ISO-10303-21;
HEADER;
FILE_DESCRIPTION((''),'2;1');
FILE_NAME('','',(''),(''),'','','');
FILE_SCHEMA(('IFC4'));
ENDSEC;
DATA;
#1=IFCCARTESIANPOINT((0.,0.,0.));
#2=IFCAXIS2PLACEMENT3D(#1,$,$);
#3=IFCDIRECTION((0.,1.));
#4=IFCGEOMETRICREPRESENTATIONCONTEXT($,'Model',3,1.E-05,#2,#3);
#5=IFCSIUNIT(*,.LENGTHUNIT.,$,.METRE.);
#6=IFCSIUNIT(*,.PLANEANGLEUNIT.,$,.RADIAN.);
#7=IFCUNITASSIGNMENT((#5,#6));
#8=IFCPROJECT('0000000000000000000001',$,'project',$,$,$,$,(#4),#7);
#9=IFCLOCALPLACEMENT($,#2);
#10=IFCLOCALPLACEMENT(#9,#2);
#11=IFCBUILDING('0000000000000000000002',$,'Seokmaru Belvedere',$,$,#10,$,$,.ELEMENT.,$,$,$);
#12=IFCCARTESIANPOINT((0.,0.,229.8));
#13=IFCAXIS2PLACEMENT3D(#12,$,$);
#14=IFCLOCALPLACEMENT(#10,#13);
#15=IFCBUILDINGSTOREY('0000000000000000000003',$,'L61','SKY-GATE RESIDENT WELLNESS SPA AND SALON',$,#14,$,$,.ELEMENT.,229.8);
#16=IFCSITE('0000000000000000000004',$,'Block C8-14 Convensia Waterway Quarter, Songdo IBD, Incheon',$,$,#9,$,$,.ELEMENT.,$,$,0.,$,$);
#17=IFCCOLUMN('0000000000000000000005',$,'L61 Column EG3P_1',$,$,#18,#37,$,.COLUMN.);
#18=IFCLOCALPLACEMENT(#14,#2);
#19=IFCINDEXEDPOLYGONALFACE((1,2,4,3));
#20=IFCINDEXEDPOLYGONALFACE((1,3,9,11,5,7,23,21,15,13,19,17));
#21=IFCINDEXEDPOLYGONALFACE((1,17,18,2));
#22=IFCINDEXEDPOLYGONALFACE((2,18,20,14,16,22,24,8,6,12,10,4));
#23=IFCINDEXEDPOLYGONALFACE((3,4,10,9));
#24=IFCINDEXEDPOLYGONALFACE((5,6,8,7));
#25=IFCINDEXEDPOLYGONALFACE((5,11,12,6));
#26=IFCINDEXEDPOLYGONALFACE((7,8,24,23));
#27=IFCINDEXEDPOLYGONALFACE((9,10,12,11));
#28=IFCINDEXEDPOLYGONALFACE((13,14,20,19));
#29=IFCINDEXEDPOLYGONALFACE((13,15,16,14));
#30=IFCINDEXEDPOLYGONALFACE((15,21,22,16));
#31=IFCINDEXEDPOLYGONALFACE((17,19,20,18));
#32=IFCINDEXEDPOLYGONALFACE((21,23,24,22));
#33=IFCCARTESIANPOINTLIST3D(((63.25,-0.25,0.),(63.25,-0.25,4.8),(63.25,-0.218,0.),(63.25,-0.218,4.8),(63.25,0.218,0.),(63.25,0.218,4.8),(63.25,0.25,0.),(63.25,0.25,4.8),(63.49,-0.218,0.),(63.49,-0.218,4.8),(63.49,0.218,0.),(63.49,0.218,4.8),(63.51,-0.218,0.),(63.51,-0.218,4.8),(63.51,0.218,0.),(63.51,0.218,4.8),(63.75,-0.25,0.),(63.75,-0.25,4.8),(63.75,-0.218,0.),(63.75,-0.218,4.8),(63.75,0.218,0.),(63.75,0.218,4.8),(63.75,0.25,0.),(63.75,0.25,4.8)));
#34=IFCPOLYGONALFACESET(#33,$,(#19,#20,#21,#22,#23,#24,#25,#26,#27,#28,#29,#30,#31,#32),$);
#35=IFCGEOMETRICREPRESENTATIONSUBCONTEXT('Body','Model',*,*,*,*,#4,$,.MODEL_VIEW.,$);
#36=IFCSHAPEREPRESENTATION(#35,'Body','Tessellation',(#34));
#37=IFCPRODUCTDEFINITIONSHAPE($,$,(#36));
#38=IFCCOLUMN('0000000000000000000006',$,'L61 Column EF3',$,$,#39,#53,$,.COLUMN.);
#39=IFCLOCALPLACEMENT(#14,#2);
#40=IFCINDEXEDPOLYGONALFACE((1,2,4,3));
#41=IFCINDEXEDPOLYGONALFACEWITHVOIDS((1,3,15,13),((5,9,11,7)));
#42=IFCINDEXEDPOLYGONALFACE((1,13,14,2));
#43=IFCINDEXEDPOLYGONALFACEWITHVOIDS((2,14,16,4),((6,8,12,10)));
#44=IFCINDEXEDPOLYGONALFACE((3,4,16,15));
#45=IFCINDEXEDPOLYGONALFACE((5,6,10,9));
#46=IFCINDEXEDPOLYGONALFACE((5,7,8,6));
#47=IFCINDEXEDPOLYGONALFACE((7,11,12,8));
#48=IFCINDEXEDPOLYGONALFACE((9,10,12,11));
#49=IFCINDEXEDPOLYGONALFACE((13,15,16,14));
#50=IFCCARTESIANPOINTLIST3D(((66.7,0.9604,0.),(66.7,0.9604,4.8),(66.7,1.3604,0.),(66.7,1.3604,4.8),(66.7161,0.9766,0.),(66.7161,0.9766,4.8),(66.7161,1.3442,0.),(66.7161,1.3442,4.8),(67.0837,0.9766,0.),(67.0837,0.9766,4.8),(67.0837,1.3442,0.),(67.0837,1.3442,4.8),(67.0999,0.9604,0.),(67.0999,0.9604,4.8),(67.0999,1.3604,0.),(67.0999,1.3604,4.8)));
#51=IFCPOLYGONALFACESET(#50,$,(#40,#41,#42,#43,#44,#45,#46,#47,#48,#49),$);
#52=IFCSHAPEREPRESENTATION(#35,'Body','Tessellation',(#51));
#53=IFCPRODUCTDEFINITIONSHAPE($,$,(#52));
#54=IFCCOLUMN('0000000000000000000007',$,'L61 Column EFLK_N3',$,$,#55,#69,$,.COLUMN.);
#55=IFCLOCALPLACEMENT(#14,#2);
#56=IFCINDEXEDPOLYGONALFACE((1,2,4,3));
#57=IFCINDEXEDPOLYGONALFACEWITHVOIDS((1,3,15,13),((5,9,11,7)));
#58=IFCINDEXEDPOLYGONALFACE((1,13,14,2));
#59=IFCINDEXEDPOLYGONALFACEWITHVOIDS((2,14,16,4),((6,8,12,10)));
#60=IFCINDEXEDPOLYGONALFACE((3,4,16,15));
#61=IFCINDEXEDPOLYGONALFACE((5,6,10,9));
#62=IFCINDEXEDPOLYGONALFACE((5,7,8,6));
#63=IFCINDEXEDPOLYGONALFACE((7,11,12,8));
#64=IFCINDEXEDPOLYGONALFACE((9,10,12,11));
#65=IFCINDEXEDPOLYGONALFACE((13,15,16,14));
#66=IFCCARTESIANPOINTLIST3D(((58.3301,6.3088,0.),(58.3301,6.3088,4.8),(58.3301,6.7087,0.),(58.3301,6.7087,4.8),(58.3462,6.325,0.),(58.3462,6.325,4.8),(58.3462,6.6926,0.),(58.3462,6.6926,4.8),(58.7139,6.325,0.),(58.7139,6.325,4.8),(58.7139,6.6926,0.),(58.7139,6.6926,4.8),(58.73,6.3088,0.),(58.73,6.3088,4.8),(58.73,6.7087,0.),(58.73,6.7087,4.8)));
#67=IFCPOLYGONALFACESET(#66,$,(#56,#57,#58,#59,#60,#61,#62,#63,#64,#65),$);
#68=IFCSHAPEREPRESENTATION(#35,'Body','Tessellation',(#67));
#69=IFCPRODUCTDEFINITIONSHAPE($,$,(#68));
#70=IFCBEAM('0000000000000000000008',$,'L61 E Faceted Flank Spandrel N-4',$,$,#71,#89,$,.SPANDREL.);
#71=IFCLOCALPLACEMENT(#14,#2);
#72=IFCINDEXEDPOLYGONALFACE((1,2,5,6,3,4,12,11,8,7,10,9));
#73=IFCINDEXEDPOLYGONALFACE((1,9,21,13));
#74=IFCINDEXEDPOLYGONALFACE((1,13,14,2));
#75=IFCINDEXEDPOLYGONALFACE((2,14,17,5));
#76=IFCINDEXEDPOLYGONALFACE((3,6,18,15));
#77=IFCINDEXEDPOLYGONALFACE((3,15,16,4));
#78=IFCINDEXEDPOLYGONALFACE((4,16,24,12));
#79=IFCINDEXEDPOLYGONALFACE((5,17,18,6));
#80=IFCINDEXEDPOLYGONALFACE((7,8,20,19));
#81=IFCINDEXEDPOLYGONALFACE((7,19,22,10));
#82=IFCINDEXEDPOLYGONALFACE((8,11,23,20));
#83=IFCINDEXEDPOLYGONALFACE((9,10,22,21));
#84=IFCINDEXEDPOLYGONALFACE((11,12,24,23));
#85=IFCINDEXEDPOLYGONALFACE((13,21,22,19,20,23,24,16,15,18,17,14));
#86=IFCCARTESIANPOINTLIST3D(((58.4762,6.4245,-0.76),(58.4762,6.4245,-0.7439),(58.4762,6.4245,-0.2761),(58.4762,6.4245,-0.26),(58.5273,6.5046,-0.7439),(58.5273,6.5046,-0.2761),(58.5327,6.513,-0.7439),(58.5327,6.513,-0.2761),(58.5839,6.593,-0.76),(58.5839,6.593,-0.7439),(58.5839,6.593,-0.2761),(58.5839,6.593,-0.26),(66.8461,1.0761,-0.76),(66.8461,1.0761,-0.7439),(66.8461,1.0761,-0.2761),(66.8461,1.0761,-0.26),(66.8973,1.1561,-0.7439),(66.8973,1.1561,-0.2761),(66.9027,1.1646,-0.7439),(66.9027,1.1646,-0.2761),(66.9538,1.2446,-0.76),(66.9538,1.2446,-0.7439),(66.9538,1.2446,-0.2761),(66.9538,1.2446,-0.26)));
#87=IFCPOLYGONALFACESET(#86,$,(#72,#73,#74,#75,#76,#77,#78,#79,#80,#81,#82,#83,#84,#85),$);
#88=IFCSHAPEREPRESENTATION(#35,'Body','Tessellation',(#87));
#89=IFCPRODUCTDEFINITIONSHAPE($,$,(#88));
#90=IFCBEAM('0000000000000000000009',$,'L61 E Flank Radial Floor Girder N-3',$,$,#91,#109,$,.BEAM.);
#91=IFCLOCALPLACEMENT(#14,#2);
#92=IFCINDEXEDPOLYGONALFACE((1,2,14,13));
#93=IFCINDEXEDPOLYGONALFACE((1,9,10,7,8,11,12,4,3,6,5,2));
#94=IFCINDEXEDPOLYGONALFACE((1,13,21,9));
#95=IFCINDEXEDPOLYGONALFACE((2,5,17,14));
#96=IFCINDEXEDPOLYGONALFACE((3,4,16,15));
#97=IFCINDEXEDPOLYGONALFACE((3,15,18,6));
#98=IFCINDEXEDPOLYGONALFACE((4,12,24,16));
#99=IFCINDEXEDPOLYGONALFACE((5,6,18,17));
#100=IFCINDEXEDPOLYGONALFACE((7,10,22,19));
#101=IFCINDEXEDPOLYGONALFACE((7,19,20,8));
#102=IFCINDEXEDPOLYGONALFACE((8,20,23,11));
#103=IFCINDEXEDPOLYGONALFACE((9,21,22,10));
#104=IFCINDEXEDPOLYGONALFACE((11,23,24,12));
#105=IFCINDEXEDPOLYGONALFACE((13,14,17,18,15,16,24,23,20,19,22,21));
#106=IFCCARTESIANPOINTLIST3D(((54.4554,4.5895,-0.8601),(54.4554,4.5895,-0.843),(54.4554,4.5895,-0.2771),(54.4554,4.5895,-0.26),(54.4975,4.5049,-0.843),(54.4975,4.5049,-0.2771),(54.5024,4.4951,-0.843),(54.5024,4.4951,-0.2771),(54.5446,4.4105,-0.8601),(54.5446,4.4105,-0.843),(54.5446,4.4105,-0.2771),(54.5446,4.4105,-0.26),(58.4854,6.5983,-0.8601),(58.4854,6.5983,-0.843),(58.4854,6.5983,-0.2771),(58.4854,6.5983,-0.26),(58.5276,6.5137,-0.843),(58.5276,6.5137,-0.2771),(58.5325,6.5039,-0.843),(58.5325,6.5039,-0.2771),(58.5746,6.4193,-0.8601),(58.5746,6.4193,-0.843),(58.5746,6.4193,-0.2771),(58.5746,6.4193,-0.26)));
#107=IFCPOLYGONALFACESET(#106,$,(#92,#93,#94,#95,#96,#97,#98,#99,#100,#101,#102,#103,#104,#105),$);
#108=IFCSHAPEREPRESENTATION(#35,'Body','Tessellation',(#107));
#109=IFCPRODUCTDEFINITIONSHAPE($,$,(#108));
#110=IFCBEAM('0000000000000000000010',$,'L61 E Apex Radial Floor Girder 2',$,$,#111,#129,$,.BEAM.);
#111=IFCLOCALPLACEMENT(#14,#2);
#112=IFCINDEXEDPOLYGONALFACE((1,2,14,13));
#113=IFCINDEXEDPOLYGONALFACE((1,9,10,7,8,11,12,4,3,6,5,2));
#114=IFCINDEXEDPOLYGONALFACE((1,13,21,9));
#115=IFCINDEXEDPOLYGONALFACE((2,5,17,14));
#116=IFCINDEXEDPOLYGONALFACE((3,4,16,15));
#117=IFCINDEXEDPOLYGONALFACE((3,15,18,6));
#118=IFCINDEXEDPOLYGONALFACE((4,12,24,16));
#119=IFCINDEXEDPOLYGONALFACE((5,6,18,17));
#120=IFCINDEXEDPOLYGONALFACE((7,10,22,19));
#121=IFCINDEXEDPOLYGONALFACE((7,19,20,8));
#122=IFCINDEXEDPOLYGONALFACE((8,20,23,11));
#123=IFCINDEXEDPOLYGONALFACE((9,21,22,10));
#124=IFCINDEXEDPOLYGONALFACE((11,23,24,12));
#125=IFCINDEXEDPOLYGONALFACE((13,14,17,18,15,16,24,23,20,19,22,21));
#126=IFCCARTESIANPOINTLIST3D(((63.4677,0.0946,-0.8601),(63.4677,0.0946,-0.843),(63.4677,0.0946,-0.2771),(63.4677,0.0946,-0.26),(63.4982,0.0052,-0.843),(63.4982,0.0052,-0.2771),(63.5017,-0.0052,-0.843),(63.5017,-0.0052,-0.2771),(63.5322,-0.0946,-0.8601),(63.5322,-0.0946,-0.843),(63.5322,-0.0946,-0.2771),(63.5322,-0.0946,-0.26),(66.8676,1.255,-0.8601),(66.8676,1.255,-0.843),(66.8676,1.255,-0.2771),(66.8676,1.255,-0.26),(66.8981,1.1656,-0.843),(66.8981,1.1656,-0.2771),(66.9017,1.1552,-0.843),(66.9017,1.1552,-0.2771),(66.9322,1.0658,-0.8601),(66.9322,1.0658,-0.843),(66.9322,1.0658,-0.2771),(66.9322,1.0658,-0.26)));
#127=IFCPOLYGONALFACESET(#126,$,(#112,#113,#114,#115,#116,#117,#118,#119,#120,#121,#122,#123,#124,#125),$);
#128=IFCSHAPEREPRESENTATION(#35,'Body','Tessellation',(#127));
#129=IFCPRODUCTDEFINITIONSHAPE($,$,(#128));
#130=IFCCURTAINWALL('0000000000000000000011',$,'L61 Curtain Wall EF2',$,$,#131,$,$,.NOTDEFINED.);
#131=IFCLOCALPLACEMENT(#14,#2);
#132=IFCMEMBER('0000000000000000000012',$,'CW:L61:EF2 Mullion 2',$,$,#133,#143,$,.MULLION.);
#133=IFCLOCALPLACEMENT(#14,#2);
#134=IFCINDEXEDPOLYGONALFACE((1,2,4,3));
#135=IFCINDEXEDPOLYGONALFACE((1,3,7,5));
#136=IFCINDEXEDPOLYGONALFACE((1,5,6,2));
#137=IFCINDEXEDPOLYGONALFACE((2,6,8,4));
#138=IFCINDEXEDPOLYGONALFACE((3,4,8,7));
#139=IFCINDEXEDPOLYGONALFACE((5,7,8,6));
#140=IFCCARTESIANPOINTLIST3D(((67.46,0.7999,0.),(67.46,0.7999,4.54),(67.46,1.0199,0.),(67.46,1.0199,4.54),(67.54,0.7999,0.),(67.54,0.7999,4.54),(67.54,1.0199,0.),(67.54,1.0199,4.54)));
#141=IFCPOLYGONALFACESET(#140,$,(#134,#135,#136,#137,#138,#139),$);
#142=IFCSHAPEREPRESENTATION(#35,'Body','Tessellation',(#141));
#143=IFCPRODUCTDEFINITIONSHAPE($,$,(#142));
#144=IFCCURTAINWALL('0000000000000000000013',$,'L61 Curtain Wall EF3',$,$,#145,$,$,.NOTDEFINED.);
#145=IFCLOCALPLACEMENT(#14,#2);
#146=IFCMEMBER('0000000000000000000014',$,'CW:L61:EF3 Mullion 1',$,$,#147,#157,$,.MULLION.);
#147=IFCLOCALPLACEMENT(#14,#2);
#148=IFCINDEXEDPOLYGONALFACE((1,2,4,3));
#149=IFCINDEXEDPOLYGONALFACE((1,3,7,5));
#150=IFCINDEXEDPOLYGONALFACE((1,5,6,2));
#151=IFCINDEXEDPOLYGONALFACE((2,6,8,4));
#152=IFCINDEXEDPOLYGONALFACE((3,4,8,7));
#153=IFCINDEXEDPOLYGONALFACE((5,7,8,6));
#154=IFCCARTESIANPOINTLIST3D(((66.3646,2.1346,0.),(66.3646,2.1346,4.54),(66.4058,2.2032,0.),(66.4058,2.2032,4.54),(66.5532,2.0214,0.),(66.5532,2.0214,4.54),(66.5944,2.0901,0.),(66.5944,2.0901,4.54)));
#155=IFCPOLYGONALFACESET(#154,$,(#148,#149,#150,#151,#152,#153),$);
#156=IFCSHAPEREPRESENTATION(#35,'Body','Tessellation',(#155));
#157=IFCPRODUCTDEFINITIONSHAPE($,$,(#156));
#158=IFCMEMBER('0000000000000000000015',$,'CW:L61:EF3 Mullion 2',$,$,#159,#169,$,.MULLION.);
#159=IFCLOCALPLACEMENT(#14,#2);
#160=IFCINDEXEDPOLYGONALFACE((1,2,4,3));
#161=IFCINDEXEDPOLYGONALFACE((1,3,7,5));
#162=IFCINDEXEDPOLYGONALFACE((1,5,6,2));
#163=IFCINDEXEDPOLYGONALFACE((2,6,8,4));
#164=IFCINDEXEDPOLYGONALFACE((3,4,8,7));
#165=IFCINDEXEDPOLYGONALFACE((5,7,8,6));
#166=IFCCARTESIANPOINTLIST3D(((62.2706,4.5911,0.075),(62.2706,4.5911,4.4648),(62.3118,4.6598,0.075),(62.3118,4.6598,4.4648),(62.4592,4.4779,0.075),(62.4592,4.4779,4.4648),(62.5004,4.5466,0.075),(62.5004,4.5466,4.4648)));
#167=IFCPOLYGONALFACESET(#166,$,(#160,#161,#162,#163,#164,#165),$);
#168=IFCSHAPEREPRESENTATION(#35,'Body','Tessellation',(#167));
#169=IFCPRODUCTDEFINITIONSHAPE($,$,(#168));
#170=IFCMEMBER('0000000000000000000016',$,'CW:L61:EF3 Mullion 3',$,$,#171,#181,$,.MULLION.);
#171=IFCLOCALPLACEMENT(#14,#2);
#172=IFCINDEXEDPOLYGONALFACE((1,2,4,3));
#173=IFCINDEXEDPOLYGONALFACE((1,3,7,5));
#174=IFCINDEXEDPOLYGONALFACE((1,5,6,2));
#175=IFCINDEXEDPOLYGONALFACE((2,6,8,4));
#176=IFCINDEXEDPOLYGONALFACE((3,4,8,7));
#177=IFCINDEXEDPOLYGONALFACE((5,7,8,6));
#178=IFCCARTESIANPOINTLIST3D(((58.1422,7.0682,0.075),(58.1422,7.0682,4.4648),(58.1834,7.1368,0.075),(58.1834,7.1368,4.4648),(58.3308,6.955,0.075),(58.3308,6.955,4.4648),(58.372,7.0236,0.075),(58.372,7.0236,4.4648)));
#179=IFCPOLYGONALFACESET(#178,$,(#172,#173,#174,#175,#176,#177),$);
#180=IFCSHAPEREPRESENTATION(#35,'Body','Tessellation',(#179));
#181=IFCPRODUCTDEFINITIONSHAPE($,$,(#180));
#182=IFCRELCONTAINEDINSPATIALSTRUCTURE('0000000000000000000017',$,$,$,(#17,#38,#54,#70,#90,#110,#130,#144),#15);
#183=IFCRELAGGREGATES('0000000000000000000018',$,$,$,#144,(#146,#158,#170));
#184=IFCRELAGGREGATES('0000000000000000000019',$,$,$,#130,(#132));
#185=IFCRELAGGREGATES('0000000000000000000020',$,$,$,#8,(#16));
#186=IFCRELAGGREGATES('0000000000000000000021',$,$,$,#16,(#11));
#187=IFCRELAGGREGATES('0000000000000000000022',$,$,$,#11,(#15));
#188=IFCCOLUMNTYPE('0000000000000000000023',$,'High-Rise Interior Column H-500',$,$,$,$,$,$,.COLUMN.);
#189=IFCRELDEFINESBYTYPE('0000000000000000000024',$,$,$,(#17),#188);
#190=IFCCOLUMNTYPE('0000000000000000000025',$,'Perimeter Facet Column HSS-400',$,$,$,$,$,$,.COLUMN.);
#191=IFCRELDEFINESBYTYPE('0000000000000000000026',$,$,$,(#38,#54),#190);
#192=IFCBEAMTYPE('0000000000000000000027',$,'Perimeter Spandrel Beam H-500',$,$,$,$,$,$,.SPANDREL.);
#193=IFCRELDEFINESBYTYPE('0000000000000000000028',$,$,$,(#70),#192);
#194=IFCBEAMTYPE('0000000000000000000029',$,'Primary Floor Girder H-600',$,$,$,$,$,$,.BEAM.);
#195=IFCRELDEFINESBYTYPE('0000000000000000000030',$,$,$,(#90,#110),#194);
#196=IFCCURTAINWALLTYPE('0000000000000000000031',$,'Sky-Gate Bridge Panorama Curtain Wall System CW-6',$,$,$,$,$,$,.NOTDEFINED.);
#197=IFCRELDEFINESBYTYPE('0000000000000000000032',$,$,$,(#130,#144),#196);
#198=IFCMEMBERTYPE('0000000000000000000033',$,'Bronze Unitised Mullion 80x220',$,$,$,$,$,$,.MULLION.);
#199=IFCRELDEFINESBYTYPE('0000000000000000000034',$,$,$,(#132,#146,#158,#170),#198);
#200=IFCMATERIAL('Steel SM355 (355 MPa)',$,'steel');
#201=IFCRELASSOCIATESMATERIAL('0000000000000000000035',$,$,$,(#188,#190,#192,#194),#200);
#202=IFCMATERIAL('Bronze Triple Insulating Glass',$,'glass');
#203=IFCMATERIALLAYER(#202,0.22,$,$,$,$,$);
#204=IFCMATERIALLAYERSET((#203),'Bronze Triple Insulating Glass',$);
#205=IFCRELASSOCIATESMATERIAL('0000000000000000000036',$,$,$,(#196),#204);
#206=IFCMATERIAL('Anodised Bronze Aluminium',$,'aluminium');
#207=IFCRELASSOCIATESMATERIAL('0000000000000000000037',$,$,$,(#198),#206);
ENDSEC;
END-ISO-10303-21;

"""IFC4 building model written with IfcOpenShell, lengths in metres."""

from ifc_helpers import new_model, si_unit, direction, frame, origin, origin_2d, place, context, subcontext, project, spatial, rectangle, hollow_rectangle, i_section, extrude, source, transform, mapped, material, layer, layer_set, material_profile, profile_set, type_object, type_shapes, element, aggregate, save


model = new_model("IFC4")

# Units and contexts
model_context = context("Model", 3, precision=1e-05, world=origin(), true_north=direction((0.0, 1.0)))
body_context = subcontext(model_context, "Body", "Model", "MODEL_VIEW")
ifc_project = project(units=[si_unit("LENGTHUNIT", "METRE"), si_unit("PLANEANGLEUNIT", "RADIAN")], contexts=[model_context])

# Site, building, storey
site_placement = place(None, origin())
site = spatial("IfcSite", under=ifc_project, at=site_placement, Name="Block C8-14 Convensia Waterway Quarter, Songdo IBD, Incheon", CompositionType="ELEMENT", RefElevation=0.0)
building_placement = place(site_placement, origin())
building = spatial("IfcBuilding", under=site, at=building_placement, Name="Seokmaru Belvedere", CompositionType="ELEMENT")
storey_placement = place(building_placement, frame((0.0, 0.0, 229.8)))
storey = spatial("IfcBuildingStorey", under=building, at=storey_placement, Name="L61", Description="SKY-GATE RESIDENT WELLNESS SPA AND SALON", CompositionType="ELEMENT", Elevation=229.8)

# Columns
ifc_material_1 = material(Name="Steel SM355 (355 MPa)", Category="steel")
ifc_material_profile_1 = material_profile(ifc_material_1, i_section(OverallWidth=0.5, OverallDepth=0.5, WebThickness=0.02, FlangeThickness=0.032, at=origin_2d()), Name="H-500x500x20x32")
ifc_profile_set_1 = profile_set([ifc_material_profile_1], Name="Steel SM355 (355 MPa)")
column_type_1 = type_object("IfcColumnType", Name="High-Rise Interior Column H-500", PredefinedType="COLUMN", material=ifc_profile_set_1)
shared_shape_1 = source(origin(), body_context, "Body", "SweptSolid", [
    extrude(i_section(OverallWidth=0.5, OverallDepth=0.5, WebThickness=0.02, FlangeThickness=0.032, at=origin_2d()), origin(), (0.0, 0.0, 1.0), 4.8),
])
type_shapes(column_type_1, [shared_shape_1])
column_placement = place(storey_placement, frame((63.5, 0.0, 0.0), z_axis=(0.0, 0.0, 1.0), x_axis=(1.0, 0.0, 0.0)))
element("IfcColumn", 1, at=column_placement, inside=storey, type_object=column_type_1, Name="L61 Column EG3P_1", PredefinedType="COLUMN", context=body_context, shape_type="MappedRepresentation", body=[
    mapped(shared_shape_1, transform((0.0, 0.0, 0.0), scale=1.0)),
])
ifc_material_profile_2 = material_profile(ifc_material_1, hollow_rectangle(XDim=0.3999, YDim=0.3999, WallThickness=0.0161, at=origin_2d()), Name="HSS-400x400x16")
ifc_profile_set_2 = profile_set([ifc_material_profile_2], Name="Steel SM355 (355 MPa)")
column_type_2 = type_object("IfcColumnType", Name="Perimeter Facet Column HSS-400", PredefinedType="COLUMN", material=ifc_profile_set_2)
shared_shape_2 = source(origin(), body_context, "Body", "SweptSolid", [
    extrude(hollow_rectangle(XDim=0.3999, YDim=0.3999, WallThickness=0.0161, at=origin_2d()), origin(), (0.0, 0.0, 1.0), 4.8),
])
type_shapes(column_type_2, [shared_shape_2])
for number, where, z_axis, x_axis, name in (
    (2, (66.8999, 1.1604, 0.0), (0.0, 0.0, 1.0), (1.0, 0.0, 0.0), "L61 Column EF3"),
    (3, (58.53, 6.5088, 0.0), (0.0, 0.0, 1.0), (1.0, 0.0, 0.0), "L61 Column EFLK_N3"),
):
    element("IfcColumn", number, at=place(storey_placement, frame(where, z_axis=z_axis, x_axis=x_axis)), inside=storey, type_object=column_type_2, Name=name, PredefinedType="COLUMN", context=body_context, shape_type="MappedRepresentation", body=[
        mapped(shared_shape_2, transform((0.0, 0.0, 0.0), scale=1.0)),
    ])

# Beams
ifc_material_profile_3 = material_profile(ifc_material_1, i_section(OverallWidth=0.2, OverallDepth=0.5, WebThickness=0.01, FlangeThickness=0.0161, at=origin_2d()), Name="H-500x200x10x16")
ifc_profile_set_3 = profile_set([ifc_material_profile_3], Name="Steel SM355 (355 MPa)")
beam_type_1 = type_object("IfcBeamType", Name="Perimeter Spandrel Beam H-500", PredefinedType="SPANDREL", material=ifc_profile_set_3)
shared_shape_3 = source(origin(), body_context, "Body", "SweptSolid", [
    extrude(i_section(OverallWidth=0.2, OverallDepth=0.5, WebThickness=0.01, FlangeThickness=0.0161, at=origin_2d()), origin(), (0.0, 0.0, 1.0), 9.9329),
])
type_shapes(beam_type_1, [shared_shape_3])
beam_1_placement = place(storey_placement, frame((58.53, 6.5088, -0.51), z_axis=(0.842652, -0.538459, 0.0), x_axis=(0.538459, 0.842652, 0.0)))
element("IfcBeam", 4, at=beam_1_placement, inside=storey, type_object=beam_type_1, Name="L61 E Faceted Flank Spandrel N-4", PredefinedType="SPANDREL", context=body_context, shape_type="MappedRepresentation", body=[
    mapped(shared_shape_3, transform((0.0, 0.0, 0.0), scale=1.0)),
])
ifc_material_profile_4 = material_profile(ifc_material_1, i_section(OverallWidth=0.2, OverallDepth=0.6001, WebThickness=0.011, FlangeThickness=0.0171, at=origin_2d()), Name="H-600x200x11x17")
ifc_profile_set_4 = profile_set([ifc_material_profile_4], Name="Steel SM355 (355 MPa)")
beam_type_2 = type_object("IfcBeamType", Name="Primary Floor Girder H-600", PredefinedType="BEAM", material=ifc_profile_set_4)
shared_shape_4 = source(origin(), body_context, "Body", "SweptSolid", [
    extrude(i_section(OverallWidth=0.2, OverallDepth=0.6001, WebThickness=0.011, FlangeThickness=0.0171, at=origin_2d()), origin(), (0.0, 0.0, 1.0), 4.5029),
])
beam_2_placement = place(storey_placement, frame((58.53, 6.5088, -0.5601), z_axis=(-0.89498, -0.446107, 0.0), x_axis=(0.446107, -0.89498, 0.0)))
element("IfcBeam", 5, at=beam_2_placement, inside=storey, type_object=beam_type_2, Name="L61 E Flank Radial Floor Girder N-3", PredefinedType="BEAM", context=body_context, shape_type="MappedRepresentation", body=[
    mapped(shared_shape_4, transform((0.0, 0.0, 0.0), scale=1.0)),
])
shared_shape_5 = source(origin(), body_context, "Body", "SweptSolid", [
    extrude(i_section(OverallWidth=0.2, OverallDepth=0.6001, WebThickness=0.011, FlangeThickness=0.0171, at=origin_2d()), origin(), (0.0, 0.0, 1.0), 3.5925),
])
type_shapes(beam_type_2, [shared_shape_4, shared_shape_5])
beam_3_placement = place(storey_placement, frame((66.8999, 1.1604, -0.5601), z_axis=(-0.946396, -0.323009, 0.0), x_axis=(0.323009, -0.946396, 0.0)))
element("IfcBeam", 6, at=beam_3_placement, inside=storey, type_object=beam_type_2, Name="L61 E Apex Radial Floor Girder 2", PredefinedType="BEAM", context=body_context, shape_type="MappedRepresentation", body=[
    mapped(shared_shape_5, transform((0.0, 0.0, 0.0), scale=1.0)),
])

# Curtain wall, member
ifc_material_2 = material(Name="Bronze Triple Insulating Glass", Category="glass")
ifc_layer_1 = layer(ifc_material_2, 0.22)
ifc_layer_set_1 = layer_set([ifc_layer_1], Name="Bronze Triple Insulating Glass")
curtain_wall_type = type_object("IfcCurtainWallType", Name="Sky-Gate Bridge Panorama Curtain Wall System CW-6", PredefinedType="NOTDEFINED", material=ifc_layer_set_1)
curtain_wall_1_placement = place(storey_placement, origin())
curtain_wall_1 = element("IfcCurtainWall", 7, at=curtain_wall_1_placement, inside=storey, type_object=curtain_wall_type, Name="L61 Curtain Wall EF2", PredefinedType="NOTDEFINED")
ifc_material_3 = material(Name="Anodised Bronze Aluminium", Category="aluminium")
ifc_material_profile_5 = material_profile(ifc_material_3, rectangle(XDim=0.0801, YDim=0.22, at=origin_2d()), Name="CW-M-80x220")
ifc_profile_set_5 = profile_set([ifc_material_profile_5], Name="Anodised Bronze Aluminium")
member_type_1 = type_object("IfcMemberType", Name="Bronze Unitised Mullion 80x220", PredefinedType="MULLION", material=ifc_profile_set_5)
shared_shape_6 = source(origin(), body_context, "Body", "SweptSolid", [
    extrude(rectangle(XDim=0.0801, YDim=0.22, at=origin_2d()), origin(), (0.0, 0.0, 1.0), 4.54),
])
member_1_placement = place(storey_placement, frame((67.5, 0.9099, 0.0), z_axis=(0.0, 0.0, 1.0), x_axis=(-1.0, 0.0, 0.0)))
member_1 = element("IfcMember", 8, at=member_1_placement, type_object=member_type_1, Name="CW:L61:EF2 Mullion 2", PredefinedType="MULLION", context=body_context, shape_type="MappedRepresentation", body=[
    mapped(shared_shape_6, transform((0.0, 0.0, 0.0), scale=1.0)),
])

# Curtain wall, members
curtain_wall_2_placement = place(storey_placement, origin())
curtain_wall_2 = element("IfcCurtainWall", 9, at=curtain_wall_2_placement, inside=storey, type_object=curtain_wall_type, Name="L61 Curtain Wall EF3", PredefinedType="NOTDEFINED")
member_2_placement = place(storey_placement, frame((66.4795, 2.1123, 0.0), z_axis=(0.0, 0.0, 1.0), x_axis=(-0.514495, -0.857493, 0.0)))
member_2 = element("IfcMember", 10, at=member_2_placement, type_object=member_type_1, Name="CW:L61:EF3 Mullion 1", PredefinedType="MULLION", context=body_context, shape_type="MappedRepresentation", body=[
    mapped(shared_shape_6, transform((0.0, 0.0, 0.0), scale=1.0)),
])
shared_shape_7 = source(origin(), body_context, "Body", "SweptSolid", [
    extrude(rectangle(XDim=0.0801, YDim=0.22, at=origin_2d()), origin(), (0.0, 0.0, 1.0), 4.3899),
])
type_shapes(member_type_1, [shared_shape_6, shared_shape_7])
member_3_placement = place(storey_placement, frame((62.3855, 4.5688, 0.075), z_axis=(0.0, 0.0, 1.0), x_axis=(-0.514495, -0.857493, 0.0)))
member_3 = element("IfcMember", 11, at=member_3_placement, type_object=member_type_1, Name="CW:L61:EF3 Mullion 2", PredefinedType="MULLION", context=body_context, shape_type="MappedRepresentation", body=[
    mapped(shared_shape_7, transform((0.0, 0.0, 0.0), scale=1.0)),
])
member_4_placement = place(storey_placement, frame((58.2571, 7.0459, 0.075), z_axis=(0.0, 0.0, 1.0), x_axis=(-0.514495, -0.857493, 0.0)))
member_4 = element("IfcMember", 12, at=member_4_placement, type_object=member_type_1, Name="CW:L61:EF3 Mullion 3", PredefinedType="MULLION", context=body_context, shape_type="MappedRepresentation", body=[
    mapped(shared_shape_7, transform((0.0, 0.0, 0.0), scale=1.0)),
])

aggregate(curtain_wall_2, [member_2, member_3, member_4])
aggregate(curtain_wall_1, [member_1])

save(model, "model.ifc")
